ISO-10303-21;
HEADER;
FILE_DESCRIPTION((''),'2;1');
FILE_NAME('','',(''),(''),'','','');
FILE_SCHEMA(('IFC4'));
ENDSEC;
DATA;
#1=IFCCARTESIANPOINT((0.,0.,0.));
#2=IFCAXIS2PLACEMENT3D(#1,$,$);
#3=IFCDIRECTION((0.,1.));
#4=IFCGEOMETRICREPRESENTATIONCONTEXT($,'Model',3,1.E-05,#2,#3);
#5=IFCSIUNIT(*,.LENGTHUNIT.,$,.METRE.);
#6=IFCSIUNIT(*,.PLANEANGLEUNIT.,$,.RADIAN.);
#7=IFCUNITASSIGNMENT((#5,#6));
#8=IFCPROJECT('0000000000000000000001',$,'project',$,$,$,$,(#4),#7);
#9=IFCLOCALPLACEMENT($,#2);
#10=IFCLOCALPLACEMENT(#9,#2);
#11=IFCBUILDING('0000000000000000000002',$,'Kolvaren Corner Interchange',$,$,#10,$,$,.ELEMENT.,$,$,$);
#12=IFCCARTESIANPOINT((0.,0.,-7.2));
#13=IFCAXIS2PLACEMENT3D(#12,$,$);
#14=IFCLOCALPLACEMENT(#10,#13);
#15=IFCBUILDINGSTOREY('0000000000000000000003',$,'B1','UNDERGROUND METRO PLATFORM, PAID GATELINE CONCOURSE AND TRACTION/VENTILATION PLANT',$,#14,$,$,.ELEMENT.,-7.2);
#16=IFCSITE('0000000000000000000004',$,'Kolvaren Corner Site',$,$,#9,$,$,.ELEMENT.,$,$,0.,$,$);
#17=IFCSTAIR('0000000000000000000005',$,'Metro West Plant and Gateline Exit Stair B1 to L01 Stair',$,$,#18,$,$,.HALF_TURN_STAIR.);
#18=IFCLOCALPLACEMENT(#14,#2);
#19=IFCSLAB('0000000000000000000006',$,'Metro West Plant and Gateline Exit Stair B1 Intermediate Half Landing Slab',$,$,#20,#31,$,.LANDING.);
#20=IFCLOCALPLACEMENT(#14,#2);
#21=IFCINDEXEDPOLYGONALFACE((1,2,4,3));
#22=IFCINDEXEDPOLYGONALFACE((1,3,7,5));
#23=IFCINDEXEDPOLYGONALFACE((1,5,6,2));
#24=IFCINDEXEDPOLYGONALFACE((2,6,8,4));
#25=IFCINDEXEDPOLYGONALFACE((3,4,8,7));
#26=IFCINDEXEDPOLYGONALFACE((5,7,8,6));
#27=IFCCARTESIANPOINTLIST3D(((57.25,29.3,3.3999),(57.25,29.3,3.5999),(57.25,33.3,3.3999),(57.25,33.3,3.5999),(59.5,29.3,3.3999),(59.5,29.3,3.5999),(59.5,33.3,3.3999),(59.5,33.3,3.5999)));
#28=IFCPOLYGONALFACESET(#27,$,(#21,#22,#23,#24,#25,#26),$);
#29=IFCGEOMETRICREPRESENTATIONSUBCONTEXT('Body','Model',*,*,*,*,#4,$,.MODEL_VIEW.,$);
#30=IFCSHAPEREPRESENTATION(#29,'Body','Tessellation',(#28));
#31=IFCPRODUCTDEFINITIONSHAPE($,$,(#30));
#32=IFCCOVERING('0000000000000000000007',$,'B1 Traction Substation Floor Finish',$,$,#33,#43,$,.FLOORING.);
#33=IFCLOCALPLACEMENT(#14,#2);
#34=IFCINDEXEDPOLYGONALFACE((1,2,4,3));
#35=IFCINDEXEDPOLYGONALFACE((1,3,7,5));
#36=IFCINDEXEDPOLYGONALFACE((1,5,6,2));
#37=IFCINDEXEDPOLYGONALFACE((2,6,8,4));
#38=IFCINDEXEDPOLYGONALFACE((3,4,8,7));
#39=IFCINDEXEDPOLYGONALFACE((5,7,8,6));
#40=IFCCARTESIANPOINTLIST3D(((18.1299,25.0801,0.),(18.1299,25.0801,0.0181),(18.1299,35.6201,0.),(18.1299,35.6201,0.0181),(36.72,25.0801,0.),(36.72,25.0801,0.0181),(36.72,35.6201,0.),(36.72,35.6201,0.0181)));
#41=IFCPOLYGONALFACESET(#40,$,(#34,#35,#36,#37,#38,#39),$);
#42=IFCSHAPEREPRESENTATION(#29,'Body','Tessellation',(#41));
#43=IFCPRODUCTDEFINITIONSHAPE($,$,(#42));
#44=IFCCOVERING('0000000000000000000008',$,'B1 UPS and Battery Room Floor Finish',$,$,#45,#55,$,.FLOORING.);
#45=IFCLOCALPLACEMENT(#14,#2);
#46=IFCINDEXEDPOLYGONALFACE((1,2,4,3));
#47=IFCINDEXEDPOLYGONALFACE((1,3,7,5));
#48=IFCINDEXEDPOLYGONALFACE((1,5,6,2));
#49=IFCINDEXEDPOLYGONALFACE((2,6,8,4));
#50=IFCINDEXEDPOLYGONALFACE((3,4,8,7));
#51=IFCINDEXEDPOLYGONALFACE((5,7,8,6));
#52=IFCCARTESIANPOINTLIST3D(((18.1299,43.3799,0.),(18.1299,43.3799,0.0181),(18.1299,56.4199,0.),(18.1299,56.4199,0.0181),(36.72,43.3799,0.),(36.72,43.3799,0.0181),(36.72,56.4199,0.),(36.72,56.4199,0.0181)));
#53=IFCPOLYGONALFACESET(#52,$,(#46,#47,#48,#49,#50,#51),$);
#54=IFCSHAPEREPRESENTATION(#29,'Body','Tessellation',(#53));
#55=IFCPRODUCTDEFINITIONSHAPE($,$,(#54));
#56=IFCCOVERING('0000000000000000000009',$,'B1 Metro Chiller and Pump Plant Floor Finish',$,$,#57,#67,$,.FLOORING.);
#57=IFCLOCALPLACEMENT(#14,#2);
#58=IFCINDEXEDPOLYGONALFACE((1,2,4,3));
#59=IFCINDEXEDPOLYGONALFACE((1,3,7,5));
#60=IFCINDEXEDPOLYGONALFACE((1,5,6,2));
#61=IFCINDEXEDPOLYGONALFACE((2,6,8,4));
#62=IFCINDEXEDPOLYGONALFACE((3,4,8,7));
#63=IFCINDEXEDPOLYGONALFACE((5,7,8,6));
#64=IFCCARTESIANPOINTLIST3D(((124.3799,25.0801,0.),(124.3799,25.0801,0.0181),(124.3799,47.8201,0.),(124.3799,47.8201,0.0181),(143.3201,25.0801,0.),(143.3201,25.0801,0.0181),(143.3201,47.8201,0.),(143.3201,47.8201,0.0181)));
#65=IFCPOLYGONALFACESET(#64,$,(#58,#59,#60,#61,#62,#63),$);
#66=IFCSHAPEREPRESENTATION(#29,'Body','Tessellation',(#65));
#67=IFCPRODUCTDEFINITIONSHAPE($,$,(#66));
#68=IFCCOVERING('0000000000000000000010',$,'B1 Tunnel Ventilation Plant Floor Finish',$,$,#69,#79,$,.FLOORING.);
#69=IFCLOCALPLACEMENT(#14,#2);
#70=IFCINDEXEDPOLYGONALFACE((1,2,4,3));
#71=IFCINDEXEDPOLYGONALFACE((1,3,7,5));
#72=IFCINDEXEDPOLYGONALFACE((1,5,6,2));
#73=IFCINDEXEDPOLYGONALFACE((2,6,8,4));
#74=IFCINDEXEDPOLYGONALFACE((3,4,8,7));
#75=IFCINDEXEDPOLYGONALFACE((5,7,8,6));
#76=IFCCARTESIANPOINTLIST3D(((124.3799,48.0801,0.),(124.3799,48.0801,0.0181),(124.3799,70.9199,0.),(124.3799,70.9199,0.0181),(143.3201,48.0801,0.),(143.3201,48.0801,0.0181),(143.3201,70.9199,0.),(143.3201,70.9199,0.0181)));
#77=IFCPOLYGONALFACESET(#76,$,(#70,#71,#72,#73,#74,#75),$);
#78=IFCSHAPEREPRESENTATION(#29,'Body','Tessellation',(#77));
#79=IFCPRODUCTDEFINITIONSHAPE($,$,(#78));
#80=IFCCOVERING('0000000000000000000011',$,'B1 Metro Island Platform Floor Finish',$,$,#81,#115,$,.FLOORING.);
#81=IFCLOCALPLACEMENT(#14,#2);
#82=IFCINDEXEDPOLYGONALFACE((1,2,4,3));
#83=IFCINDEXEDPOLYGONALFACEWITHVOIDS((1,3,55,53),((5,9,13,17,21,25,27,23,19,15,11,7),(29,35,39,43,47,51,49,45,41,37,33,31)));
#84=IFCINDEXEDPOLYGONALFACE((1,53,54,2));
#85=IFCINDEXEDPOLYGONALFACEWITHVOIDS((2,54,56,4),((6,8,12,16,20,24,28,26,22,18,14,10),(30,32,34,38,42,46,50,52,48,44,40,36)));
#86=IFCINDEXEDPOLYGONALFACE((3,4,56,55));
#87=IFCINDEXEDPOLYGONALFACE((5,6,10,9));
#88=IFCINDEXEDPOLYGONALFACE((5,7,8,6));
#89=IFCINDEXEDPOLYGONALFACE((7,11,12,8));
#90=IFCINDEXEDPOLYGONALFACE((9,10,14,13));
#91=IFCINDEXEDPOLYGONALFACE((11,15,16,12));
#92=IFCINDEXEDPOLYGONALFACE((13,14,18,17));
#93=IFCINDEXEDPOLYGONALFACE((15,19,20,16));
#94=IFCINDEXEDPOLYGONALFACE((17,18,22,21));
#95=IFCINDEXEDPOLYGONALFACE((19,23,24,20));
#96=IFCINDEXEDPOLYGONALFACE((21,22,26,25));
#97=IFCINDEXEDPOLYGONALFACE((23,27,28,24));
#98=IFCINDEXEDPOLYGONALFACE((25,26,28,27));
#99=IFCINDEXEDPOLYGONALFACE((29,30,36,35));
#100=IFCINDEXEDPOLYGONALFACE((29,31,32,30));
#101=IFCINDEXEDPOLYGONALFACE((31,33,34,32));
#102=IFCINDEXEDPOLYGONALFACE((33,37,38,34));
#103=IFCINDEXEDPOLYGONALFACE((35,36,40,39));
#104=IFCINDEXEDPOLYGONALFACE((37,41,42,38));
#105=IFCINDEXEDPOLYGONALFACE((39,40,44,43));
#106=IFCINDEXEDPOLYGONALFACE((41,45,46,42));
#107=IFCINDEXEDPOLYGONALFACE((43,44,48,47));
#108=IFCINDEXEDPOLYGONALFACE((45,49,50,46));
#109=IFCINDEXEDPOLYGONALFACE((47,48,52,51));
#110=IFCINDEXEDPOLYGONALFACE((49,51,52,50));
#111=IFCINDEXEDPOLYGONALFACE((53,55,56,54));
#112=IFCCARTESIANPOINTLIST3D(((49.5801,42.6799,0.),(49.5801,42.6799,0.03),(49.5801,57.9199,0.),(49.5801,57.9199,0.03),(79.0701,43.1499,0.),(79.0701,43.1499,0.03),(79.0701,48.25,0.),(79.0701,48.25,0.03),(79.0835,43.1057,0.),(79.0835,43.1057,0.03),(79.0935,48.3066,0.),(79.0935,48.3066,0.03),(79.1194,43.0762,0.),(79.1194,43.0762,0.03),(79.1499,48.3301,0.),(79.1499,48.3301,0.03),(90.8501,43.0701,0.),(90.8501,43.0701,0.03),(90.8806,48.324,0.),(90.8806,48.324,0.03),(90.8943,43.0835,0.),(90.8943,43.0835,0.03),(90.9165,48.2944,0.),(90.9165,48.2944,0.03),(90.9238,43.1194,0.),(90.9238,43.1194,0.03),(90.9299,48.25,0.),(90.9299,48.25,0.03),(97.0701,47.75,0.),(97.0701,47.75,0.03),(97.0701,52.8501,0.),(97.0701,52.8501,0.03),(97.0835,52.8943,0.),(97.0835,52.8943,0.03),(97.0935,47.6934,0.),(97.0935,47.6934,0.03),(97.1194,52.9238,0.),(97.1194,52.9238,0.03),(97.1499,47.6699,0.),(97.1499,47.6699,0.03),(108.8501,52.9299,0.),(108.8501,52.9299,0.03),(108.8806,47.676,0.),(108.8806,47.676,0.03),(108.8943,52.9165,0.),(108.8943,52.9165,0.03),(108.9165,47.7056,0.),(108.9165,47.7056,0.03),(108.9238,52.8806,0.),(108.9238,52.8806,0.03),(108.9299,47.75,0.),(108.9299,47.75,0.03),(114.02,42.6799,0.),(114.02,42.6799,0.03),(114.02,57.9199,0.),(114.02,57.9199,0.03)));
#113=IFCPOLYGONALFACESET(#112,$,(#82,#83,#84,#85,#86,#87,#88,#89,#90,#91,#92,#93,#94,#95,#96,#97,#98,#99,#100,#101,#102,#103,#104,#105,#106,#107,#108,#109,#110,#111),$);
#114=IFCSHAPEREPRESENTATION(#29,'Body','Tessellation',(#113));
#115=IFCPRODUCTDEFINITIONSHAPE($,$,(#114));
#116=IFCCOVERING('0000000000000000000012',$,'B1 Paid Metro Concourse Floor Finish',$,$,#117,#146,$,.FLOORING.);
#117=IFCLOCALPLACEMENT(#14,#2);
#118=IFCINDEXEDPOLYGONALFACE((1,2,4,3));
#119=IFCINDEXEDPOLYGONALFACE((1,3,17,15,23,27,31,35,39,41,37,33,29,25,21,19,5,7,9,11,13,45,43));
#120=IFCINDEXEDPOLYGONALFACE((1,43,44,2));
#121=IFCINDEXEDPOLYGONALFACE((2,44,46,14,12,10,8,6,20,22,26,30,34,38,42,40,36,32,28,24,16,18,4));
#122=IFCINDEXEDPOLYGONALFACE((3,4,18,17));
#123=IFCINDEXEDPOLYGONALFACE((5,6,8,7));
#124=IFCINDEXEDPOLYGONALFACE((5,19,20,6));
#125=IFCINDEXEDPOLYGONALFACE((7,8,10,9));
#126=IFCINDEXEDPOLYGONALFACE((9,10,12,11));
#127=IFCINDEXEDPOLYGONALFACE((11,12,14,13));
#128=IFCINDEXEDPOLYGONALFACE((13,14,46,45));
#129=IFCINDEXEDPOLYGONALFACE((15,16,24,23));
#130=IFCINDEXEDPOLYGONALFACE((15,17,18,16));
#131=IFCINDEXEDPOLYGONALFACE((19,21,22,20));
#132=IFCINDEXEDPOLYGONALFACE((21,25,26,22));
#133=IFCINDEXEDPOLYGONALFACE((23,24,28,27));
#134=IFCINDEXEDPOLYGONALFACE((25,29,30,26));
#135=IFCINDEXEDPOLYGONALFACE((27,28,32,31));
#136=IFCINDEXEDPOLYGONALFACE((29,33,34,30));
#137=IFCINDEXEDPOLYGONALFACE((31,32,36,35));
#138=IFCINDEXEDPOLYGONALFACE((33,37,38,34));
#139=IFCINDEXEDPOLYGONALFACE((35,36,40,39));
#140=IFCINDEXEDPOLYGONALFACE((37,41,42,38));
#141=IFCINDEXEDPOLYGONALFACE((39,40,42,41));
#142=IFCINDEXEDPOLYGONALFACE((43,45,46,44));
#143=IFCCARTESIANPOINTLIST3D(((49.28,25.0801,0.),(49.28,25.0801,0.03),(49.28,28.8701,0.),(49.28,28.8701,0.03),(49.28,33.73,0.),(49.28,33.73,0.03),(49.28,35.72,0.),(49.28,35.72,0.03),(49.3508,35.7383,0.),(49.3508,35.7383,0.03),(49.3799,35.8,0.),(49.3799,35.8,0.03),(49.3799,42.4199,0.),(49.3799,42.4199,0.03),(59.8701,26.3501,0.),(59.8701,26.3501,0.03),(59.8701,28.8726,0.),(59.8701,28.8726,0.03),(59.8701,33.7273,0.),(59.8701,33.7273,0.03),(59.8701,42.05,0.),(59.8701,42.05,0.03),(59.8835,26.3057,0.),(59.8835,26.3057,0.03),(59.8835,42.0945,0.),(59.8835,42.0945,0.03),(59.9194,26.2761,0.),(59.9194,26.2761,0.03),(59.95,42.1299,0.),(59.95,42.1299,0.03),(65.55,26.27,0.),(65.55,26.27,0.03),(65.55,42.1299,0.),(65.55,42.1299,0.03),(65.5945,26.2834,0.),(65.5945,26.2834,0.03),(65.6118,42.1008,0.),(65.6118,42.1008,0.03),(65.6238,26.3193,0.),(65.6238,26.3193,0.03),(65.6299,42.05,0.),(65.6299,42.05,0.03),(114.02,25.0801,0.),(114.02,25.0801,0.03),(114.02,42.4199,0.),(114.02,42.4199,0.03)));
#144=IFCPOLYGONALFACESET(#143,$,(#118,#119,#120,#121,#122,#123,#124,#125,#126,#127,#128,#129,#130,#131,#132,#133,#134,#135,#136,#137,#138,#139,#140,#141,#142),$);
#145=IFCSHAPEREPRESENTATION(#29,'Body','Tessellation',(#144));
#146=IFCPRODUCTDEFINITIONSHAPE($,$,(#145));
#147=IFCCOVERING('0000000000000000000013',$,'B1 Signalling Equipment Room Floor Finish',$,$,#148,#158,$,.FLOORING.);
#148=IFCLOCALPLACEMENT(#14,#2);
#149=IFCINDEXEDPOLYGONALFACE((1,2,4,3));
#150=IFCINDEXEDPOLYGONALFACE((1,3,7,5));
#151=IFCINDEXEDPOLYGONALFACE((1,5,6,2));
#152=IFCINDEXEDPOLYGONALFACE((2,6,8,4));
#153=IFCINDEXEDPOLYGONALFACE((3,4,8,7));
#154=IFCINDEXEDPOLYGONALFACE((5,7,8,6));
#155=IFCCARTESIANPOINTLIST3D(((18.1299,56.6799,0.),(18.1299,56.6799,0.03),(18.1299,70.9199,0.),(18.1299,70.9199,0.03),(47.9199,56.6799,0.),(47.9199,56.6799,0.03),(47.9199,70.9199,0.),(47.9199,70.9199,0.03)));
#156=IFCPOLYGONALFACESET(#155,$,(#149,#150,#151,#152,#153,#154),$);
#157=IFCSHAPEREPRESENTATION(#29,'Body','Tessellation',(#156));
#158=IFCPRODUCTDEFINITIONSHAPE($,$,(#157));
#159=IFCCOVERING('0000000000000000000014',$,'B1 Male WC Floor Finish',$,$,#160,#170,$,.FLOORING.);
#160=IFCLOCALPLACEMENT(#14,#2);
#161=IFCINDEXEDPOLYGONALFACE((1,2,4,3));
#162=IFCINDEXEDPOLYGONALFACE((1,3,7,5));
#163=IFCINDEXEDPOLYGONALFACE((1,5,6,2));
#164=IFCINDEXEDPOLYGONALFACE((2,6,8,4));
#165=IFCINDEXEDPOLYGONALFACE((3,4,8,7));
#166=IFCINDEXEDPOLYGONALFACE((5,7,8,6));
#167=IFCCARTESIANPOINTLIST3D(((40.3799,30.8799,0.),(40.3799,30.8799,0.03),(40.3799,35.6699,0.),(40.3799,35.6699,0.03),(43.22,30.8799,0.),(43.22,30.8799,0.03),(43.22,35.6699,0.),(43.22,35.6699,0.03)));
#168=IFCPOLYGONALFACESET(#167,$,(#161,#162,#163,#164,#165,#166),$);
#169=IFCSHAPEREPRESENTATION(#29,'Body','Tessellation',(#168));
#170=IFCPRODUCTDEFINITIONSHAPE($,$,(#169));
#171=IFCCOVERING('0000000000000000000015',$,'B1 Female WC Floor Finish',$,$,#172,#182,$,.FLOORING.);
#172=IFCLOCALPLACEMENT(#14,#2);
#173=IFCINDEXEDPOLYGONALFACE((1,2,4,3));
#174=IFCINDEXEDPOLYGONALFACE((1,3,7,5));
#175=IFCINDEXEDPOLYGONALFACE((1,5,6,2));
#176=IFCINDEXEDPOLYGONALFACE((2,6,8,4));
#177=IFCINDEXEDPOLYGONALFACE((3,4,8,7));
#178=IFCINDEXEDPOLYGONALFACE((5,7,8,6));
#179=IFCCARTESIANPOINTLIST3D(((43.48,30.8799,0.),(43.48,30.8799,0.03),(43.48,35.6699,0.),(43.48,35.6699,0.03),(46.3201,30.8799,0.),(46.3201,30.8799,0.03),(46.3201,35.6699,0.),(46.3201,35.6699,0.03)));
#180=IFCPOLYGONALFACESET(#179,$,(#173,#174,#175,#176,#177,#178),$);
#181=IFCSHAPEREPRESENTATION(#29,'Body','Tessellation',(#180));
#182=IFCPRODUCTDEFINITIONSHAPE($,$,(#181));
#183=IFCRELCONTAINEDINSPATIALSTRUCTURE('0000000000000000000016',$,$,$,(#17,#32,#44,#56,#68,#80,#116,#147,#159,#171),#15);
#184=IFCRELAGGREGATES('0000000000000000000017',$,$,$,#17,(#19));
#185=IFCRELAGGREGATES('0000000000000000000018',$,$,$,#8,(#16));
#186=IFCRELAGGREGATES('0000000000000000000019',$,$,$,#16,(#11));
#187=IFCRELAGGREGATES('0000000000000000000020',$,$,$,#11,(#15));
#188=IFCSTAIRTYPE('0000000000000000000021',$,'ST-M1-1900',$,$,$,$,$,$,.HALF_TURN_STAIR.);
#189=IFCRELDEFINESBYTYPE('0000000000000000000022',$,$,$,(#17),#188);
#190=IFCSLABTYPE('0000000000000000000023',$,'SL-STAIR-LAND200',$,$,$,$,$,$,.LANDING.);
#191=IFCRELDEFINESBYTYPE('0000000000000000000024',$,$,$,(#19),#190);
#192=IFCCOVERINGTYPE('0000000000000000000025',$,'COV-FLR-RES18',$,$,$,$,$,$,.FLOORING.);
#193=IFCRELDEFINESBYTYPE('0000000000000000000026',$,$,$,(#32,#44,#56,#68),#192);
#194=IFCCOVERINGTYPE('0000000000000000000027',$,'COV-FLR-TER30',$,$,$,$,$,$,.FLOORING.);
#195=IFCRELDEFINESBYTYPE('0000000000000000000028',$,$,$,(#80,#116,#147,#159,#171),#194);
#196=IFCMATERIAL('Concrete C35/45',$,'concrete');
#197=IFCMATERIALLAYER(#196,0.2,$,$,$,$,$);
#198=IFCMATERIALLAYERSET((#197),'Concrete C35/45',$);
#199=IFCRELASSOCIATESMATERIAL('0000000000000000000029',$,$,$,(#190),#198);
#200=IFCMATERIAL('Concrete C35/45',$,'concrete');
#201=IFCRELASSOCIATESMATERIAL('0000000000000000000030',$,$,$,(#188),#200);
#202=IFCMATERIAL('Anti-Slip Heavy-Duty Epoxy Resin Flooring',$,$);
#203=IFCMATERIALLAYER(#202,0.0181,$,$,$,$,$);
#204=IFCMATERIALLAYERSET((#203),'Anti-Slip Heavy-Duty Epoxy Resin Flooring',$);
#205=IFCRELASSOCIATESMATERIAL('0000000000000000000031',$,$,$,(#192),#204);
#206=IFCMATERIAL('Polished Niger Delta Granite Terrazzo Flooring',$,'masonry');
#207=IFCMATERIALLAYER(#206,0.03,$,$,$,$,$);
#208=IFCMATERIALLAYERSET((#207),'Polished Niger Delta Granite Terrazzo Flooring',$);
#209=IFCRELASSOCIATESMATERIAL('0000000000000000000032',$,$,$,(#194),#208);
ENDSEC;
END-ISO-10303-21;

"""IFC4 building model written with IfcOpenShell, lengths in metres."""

from ifc_helpers import new_model, si_unit, direction, frame, origin, place, context, subcontext, project, spatial, polyline, outline, extrude, material, layer, layer_set, type_object, element, aggregate, save


model = new_model("IFC4")

# Units and contexts
model_context = context("Model", 3, precision=1e-05, world=origin(), true_north=direction((0.0, 1.0)))
body_context = subcontext(model_context, "Body", "Model", "MODEL_VIEW")
ifc_project = project(units=[si_unit("LENGTHUNIT", "METRE"), si_unit("PLANEANGLEUNIT", "RADIAN")], contexts=[model_context])

# Site, building, storey
site_placement = place(None, origin())
site = spatial("IfcSite", under=ifc_project, at=site_placement, Name="Kolvaren Corner Site", CompositionType="ELEMENT", RefElevation=0.0)
building_placement = place(site_placement, origin())
building = spatial("IfcBuilding", under=site, at=building_placement, Name="Kolvaren Corner Interchange", CompositionType="ELEMENT")
storey_placement = place(building_placement, frame((0.0, 0.0, -7.2)))
storey = spatial("IfcBuildingStorey", under=building, at=storey_placement, Name="B1", Description="UNDERGROUND METRO PLATFORM, PAID GATELINE CONCOURSE AND TRACTION/VENTILATION PLANT", CompositionType="ELEMENT", Elevation=-7.2)

# Stair, slab
ifc_material_1 = material(Name="Concrete C35/45", Category="concrete")
ifc_layer_1 = layer(ifc_material_1, 0.2)
ifc_layer_set_1 = layer_set([ifc_layer_1], Name="Concrete C35/45")
slab_type_1 = type_object("IfcSlabType", Name="SL-STAIR-LAND200", PredefinedType="LANDING", material=ifc_layer_set_1)
ifc_material_2 = material(Name="Concrete C35/45", Category="concrete")
stair_type_1 = type_object("IfcStairType", Name="ST-M1-1900", PredefinedType="HALF_TURN_STAIR", material=ifc_material_2)
stair_1_placement = place(storey_placement, origin())
stair_1 = element("IfcStair", 1, at=stair_1_placement, inside=storey, type_object=stair_type_1, Name="Metro West Plant and Gateline Exit Stair B1 to L01 Stair", PredefinedType="HALF_TURN_STAIR")
slab_1_placement = place(storey_placement, frame((0.0, 0.0, 3.3999)))
slab_1 = element("IfcSlab", 2, at=slab_1_placement, type_object=slab_type_1, Name="Metro West Plant and Gateline Exit Stair B1 Intermediate Half Landing Slab", PredefinedType="LANDING", context=body_context, shape_type="SweptSolid", body=[
    extrude(outline(polyline([(57.25, 29.3), (59.5, 29.3), (59.5, 33.3), (57.25, 33.3), (57.25, 29.3)])), origin(), (0.0, 0.0, 1.0), 0.2),
])
aggregate(stair_1, [slab_1])

# Coverings
ifc_material_3 = material(Name="Anti-Slip Heavy-Duty Epoxy Resin Flooring")
ifc_layer_2 = layer(ifc_material_3, 0.0181)
ifc_layer_set_2 = layer_set([ifc_layer_2], Name="Anti-Slip Heavy-Duty Epoxy Resin Flooring")
covering_type_1 = type_object("IfcCoveringType", Name="COV-FLR-RES18", PredefinedType="FLOORING", material=ifc_layer_set_2)
covering_1_placement = place(storey_placement, origin())
element("IfcCovering", 3, at=covering_1_placement, inside=storey, type_object=covering_type_1, Name="B1 Traction Substation Floor Finish", PredefinedType="FLOORING", context=body_context, shape_type="SweptSolid", body=[
    extrude(outline(polyline([(18.1299, 25.0801), (36.72, 25.0801), (36.72, 35.6201), (18.1299, 35.6201), (18.1299, 25.0801)])), origin(), (0.0, 0.0, 1.0), 0.0181),
])
covering_2_placement = place(storey_placement, origin())
element("IfcCovering", 4, at=covering_2_placement, inside=storey, type_object=covering_type_1, Name="B1 UPS and Battery Room Floor Finish", PredefinedType="FLOORING", context=body_context, shape_type="SweptSolid", body=[
    extrude(outline(polyline([(18.1299, 43.3799), (36.72, 43.3799), (36.72, 56.4199), (18.1299, 56.4199), (18.1299, 43.3799)])), origin(), (0.0, 0.0, 1.0), 0.0181),
])
covering_3_placement = place(storey_placement, origin())
element("IfcCovering", 5, at=covering_3_placement, inside=storey, type_object=covering_type_1, Name="B1 Metro Chiller and Pump Plant Floor Finish", PredefinedType="FLOORING", context=body_context, shape_type="SweptSolid", body=[
    extrude(outline(polyline([(124.3799, 25.0801), (143.3201, 25.0801), (143.3201, 47.8201), (124.3799, 47.8201), (124.3799, 25.0801)])), origin(), (0.0, 0.0, 1.0), 0.0181),
])
covering_4_placement = place(storey_placement, origin())
element("IfcCovering", 6, at=covering_4_placement, inside=storey, type_object=covering_type_1, Name="B1 Tunnel Ventilation Plant Floor Finish", PredefinedType="FLOORING", context=body_context, shape_type="SweptSolid", body=[
    extrude(outline(polyline([(124.3799, 48.0801), (143.3201, 48.0801), (143.3201, 70.9199), (124.3799, 70.9199), (124.3799, 48.0801)])), origin(), (0.0, 0.0, 1.0), 0.0181),
])
ifc_material_4 = material(Name="Polished Niger Delta Granite Terrazzo Flooring", Category="masonry")
ifc_layer_3 = layer(ifc_material_4, 0.03)
ifc_layer_set_3 = layer_set([ifc_layer_3], Name="Polished Niger Delta Granite Terrazzo Flooring")
covering_type_2 = type_object("IfcCoveringType", Name="COV-FLR-TER30", PredefinedType="FLOORING", material=ifc_layer_set_3)
covering_5_placement = place(storey_placement, origin())
element("IfcCovering", 7, at=covering_5_placement, inside=storey, type_object=covering_type_2, Name="B1 Metro Island Platform Floor Finish", PredefinedType="FLOORING", context=body_context, shape_type="SweptSolid", body=[
    extrude(outline(polyline([(49.5801, 42.6799), (114.02, 42.6799), (114.02, 57.9199), (49.5801, 57.9199), (49.5801, 42.6799)]), holes=[polyline([(97.0935, 47.6934), (97.0701, 47.75), (97.0701, 52.8501), (97.0835, 52.8943), (97.1194, 52.9238), (108.8501, 52.9299), (108.8943, 52.9165), (108.9238, 52.8806), (108.9299, 47.75), (108.9165, 47.7056), (108.8806, 47.676), (97.1499, 47.6699), (97.0935, 47.6934)]), polyline([(79.0935, 48.3066), (79.1499, 48.3301), (90.8806, 48.324), (90.9165, 48.2944), (90.9299, 48.25), (90.9238, 43.1194), (90.8943, 43.0835), (90.8501, 43.0701), (79.1194, 43.0762), (79.0835, 43.1057), (79.0701, 43.1499), (79.0701, 48.25), (79.0935, 48.3066)])]), origin(), (0.0, 0.0, 1.0), 0.03),
])
covering_6_placement = place(storey_placement, origin())
element("IfcCovering", 8, at=covering_6_placement, inside=storey, type_object=covering_type_2, Name="B1 Paid Metro Concourse Floor Finish", PredefinedType="FLOORING", context=body_context, shape_type="SweptSolid", body=[
    extrude(outline(polyline([(59.8701, 28.8726), (49.28, 28.8701), (49.28, 25.0801), (114.02, 25.0801), (114.02, 42.4199), (49.3799, 42.4199), (49.3799, 35.8), (49.3508, 35.7383), (49.28, 35.72), (49.28, 33.73), (59.8701, 33.7273), (59.8701, 42.05), (59.8835, 42.0945), (59.95, 42.1299), (65.55, 42.1299), (65.6118, 42.1008), (65.6299, 42.05), (65.6238, 26.3193), (65.5945, 26.2834), (65.55, 26.27), (59.9194, 26.2761), (59.8835, 26.3057), (59.8701, 26.3501), (59.8701, 28.8726)])), origin(), (0.0, 0.0, 1.0), 0.03),
])
covering_7_placement = place(storey_placement, origin())
element("IfcCovering", 9, at=covering_7_placement, inside=storey, type_object=covering_type_2, Name="B1 Signalling Equipment Room Floor Finish", PredefinedType="FLOORING", context=body_context, shape_type="SweptSolid", body=[
    extrude(outline(polyline([(18.1299, 56.6799), (47.9199, 56.6799), (47.9199, 70.9199), (18.1299, 70.9199), (18.1299, 56.6799)])), origin(), (0.0, 0.0, 1.0), 0.03),
])
covering_8_placement = place(storey_placement, origin())
element("IfcCovering", 10, at=covering_8_placement, inside=storey, type_object=covering_type_2, Name="B1 Male WC Floor Finish", PredefinedType="FLOORING", context=body_context, shape_type="SweptSolid", body=[
    extrude(outline(polyline([(40.3799, 30.8799), (43.22, 30.8799), (43.22, 35.6699), (40.3799, 35.6699), (40.3799, 30.8799)])), origin(), (0.0, 0.0, 1.0), 0.03),
])
covering_9_placement = place(storey_placement, origin())
element("IfcCovering", 11, at=covering_9_placement, inside=storey, type_object=covering_type_2, Name="B1 Female WC Floor Finish", PredefinedType="FLOORING", context=body_context, shape_type="SweptSolid", body=[
    extrude(outline(polyline([(43.48, 30.8799), (46.3201, 30.8799), (46.3201, 35.6699), (43.48, 35.6699), (43.48, 30.8799)])), origin(), (0.0, 0.0, 1.0), 0.03),
])

save(model, "model.ifc")
